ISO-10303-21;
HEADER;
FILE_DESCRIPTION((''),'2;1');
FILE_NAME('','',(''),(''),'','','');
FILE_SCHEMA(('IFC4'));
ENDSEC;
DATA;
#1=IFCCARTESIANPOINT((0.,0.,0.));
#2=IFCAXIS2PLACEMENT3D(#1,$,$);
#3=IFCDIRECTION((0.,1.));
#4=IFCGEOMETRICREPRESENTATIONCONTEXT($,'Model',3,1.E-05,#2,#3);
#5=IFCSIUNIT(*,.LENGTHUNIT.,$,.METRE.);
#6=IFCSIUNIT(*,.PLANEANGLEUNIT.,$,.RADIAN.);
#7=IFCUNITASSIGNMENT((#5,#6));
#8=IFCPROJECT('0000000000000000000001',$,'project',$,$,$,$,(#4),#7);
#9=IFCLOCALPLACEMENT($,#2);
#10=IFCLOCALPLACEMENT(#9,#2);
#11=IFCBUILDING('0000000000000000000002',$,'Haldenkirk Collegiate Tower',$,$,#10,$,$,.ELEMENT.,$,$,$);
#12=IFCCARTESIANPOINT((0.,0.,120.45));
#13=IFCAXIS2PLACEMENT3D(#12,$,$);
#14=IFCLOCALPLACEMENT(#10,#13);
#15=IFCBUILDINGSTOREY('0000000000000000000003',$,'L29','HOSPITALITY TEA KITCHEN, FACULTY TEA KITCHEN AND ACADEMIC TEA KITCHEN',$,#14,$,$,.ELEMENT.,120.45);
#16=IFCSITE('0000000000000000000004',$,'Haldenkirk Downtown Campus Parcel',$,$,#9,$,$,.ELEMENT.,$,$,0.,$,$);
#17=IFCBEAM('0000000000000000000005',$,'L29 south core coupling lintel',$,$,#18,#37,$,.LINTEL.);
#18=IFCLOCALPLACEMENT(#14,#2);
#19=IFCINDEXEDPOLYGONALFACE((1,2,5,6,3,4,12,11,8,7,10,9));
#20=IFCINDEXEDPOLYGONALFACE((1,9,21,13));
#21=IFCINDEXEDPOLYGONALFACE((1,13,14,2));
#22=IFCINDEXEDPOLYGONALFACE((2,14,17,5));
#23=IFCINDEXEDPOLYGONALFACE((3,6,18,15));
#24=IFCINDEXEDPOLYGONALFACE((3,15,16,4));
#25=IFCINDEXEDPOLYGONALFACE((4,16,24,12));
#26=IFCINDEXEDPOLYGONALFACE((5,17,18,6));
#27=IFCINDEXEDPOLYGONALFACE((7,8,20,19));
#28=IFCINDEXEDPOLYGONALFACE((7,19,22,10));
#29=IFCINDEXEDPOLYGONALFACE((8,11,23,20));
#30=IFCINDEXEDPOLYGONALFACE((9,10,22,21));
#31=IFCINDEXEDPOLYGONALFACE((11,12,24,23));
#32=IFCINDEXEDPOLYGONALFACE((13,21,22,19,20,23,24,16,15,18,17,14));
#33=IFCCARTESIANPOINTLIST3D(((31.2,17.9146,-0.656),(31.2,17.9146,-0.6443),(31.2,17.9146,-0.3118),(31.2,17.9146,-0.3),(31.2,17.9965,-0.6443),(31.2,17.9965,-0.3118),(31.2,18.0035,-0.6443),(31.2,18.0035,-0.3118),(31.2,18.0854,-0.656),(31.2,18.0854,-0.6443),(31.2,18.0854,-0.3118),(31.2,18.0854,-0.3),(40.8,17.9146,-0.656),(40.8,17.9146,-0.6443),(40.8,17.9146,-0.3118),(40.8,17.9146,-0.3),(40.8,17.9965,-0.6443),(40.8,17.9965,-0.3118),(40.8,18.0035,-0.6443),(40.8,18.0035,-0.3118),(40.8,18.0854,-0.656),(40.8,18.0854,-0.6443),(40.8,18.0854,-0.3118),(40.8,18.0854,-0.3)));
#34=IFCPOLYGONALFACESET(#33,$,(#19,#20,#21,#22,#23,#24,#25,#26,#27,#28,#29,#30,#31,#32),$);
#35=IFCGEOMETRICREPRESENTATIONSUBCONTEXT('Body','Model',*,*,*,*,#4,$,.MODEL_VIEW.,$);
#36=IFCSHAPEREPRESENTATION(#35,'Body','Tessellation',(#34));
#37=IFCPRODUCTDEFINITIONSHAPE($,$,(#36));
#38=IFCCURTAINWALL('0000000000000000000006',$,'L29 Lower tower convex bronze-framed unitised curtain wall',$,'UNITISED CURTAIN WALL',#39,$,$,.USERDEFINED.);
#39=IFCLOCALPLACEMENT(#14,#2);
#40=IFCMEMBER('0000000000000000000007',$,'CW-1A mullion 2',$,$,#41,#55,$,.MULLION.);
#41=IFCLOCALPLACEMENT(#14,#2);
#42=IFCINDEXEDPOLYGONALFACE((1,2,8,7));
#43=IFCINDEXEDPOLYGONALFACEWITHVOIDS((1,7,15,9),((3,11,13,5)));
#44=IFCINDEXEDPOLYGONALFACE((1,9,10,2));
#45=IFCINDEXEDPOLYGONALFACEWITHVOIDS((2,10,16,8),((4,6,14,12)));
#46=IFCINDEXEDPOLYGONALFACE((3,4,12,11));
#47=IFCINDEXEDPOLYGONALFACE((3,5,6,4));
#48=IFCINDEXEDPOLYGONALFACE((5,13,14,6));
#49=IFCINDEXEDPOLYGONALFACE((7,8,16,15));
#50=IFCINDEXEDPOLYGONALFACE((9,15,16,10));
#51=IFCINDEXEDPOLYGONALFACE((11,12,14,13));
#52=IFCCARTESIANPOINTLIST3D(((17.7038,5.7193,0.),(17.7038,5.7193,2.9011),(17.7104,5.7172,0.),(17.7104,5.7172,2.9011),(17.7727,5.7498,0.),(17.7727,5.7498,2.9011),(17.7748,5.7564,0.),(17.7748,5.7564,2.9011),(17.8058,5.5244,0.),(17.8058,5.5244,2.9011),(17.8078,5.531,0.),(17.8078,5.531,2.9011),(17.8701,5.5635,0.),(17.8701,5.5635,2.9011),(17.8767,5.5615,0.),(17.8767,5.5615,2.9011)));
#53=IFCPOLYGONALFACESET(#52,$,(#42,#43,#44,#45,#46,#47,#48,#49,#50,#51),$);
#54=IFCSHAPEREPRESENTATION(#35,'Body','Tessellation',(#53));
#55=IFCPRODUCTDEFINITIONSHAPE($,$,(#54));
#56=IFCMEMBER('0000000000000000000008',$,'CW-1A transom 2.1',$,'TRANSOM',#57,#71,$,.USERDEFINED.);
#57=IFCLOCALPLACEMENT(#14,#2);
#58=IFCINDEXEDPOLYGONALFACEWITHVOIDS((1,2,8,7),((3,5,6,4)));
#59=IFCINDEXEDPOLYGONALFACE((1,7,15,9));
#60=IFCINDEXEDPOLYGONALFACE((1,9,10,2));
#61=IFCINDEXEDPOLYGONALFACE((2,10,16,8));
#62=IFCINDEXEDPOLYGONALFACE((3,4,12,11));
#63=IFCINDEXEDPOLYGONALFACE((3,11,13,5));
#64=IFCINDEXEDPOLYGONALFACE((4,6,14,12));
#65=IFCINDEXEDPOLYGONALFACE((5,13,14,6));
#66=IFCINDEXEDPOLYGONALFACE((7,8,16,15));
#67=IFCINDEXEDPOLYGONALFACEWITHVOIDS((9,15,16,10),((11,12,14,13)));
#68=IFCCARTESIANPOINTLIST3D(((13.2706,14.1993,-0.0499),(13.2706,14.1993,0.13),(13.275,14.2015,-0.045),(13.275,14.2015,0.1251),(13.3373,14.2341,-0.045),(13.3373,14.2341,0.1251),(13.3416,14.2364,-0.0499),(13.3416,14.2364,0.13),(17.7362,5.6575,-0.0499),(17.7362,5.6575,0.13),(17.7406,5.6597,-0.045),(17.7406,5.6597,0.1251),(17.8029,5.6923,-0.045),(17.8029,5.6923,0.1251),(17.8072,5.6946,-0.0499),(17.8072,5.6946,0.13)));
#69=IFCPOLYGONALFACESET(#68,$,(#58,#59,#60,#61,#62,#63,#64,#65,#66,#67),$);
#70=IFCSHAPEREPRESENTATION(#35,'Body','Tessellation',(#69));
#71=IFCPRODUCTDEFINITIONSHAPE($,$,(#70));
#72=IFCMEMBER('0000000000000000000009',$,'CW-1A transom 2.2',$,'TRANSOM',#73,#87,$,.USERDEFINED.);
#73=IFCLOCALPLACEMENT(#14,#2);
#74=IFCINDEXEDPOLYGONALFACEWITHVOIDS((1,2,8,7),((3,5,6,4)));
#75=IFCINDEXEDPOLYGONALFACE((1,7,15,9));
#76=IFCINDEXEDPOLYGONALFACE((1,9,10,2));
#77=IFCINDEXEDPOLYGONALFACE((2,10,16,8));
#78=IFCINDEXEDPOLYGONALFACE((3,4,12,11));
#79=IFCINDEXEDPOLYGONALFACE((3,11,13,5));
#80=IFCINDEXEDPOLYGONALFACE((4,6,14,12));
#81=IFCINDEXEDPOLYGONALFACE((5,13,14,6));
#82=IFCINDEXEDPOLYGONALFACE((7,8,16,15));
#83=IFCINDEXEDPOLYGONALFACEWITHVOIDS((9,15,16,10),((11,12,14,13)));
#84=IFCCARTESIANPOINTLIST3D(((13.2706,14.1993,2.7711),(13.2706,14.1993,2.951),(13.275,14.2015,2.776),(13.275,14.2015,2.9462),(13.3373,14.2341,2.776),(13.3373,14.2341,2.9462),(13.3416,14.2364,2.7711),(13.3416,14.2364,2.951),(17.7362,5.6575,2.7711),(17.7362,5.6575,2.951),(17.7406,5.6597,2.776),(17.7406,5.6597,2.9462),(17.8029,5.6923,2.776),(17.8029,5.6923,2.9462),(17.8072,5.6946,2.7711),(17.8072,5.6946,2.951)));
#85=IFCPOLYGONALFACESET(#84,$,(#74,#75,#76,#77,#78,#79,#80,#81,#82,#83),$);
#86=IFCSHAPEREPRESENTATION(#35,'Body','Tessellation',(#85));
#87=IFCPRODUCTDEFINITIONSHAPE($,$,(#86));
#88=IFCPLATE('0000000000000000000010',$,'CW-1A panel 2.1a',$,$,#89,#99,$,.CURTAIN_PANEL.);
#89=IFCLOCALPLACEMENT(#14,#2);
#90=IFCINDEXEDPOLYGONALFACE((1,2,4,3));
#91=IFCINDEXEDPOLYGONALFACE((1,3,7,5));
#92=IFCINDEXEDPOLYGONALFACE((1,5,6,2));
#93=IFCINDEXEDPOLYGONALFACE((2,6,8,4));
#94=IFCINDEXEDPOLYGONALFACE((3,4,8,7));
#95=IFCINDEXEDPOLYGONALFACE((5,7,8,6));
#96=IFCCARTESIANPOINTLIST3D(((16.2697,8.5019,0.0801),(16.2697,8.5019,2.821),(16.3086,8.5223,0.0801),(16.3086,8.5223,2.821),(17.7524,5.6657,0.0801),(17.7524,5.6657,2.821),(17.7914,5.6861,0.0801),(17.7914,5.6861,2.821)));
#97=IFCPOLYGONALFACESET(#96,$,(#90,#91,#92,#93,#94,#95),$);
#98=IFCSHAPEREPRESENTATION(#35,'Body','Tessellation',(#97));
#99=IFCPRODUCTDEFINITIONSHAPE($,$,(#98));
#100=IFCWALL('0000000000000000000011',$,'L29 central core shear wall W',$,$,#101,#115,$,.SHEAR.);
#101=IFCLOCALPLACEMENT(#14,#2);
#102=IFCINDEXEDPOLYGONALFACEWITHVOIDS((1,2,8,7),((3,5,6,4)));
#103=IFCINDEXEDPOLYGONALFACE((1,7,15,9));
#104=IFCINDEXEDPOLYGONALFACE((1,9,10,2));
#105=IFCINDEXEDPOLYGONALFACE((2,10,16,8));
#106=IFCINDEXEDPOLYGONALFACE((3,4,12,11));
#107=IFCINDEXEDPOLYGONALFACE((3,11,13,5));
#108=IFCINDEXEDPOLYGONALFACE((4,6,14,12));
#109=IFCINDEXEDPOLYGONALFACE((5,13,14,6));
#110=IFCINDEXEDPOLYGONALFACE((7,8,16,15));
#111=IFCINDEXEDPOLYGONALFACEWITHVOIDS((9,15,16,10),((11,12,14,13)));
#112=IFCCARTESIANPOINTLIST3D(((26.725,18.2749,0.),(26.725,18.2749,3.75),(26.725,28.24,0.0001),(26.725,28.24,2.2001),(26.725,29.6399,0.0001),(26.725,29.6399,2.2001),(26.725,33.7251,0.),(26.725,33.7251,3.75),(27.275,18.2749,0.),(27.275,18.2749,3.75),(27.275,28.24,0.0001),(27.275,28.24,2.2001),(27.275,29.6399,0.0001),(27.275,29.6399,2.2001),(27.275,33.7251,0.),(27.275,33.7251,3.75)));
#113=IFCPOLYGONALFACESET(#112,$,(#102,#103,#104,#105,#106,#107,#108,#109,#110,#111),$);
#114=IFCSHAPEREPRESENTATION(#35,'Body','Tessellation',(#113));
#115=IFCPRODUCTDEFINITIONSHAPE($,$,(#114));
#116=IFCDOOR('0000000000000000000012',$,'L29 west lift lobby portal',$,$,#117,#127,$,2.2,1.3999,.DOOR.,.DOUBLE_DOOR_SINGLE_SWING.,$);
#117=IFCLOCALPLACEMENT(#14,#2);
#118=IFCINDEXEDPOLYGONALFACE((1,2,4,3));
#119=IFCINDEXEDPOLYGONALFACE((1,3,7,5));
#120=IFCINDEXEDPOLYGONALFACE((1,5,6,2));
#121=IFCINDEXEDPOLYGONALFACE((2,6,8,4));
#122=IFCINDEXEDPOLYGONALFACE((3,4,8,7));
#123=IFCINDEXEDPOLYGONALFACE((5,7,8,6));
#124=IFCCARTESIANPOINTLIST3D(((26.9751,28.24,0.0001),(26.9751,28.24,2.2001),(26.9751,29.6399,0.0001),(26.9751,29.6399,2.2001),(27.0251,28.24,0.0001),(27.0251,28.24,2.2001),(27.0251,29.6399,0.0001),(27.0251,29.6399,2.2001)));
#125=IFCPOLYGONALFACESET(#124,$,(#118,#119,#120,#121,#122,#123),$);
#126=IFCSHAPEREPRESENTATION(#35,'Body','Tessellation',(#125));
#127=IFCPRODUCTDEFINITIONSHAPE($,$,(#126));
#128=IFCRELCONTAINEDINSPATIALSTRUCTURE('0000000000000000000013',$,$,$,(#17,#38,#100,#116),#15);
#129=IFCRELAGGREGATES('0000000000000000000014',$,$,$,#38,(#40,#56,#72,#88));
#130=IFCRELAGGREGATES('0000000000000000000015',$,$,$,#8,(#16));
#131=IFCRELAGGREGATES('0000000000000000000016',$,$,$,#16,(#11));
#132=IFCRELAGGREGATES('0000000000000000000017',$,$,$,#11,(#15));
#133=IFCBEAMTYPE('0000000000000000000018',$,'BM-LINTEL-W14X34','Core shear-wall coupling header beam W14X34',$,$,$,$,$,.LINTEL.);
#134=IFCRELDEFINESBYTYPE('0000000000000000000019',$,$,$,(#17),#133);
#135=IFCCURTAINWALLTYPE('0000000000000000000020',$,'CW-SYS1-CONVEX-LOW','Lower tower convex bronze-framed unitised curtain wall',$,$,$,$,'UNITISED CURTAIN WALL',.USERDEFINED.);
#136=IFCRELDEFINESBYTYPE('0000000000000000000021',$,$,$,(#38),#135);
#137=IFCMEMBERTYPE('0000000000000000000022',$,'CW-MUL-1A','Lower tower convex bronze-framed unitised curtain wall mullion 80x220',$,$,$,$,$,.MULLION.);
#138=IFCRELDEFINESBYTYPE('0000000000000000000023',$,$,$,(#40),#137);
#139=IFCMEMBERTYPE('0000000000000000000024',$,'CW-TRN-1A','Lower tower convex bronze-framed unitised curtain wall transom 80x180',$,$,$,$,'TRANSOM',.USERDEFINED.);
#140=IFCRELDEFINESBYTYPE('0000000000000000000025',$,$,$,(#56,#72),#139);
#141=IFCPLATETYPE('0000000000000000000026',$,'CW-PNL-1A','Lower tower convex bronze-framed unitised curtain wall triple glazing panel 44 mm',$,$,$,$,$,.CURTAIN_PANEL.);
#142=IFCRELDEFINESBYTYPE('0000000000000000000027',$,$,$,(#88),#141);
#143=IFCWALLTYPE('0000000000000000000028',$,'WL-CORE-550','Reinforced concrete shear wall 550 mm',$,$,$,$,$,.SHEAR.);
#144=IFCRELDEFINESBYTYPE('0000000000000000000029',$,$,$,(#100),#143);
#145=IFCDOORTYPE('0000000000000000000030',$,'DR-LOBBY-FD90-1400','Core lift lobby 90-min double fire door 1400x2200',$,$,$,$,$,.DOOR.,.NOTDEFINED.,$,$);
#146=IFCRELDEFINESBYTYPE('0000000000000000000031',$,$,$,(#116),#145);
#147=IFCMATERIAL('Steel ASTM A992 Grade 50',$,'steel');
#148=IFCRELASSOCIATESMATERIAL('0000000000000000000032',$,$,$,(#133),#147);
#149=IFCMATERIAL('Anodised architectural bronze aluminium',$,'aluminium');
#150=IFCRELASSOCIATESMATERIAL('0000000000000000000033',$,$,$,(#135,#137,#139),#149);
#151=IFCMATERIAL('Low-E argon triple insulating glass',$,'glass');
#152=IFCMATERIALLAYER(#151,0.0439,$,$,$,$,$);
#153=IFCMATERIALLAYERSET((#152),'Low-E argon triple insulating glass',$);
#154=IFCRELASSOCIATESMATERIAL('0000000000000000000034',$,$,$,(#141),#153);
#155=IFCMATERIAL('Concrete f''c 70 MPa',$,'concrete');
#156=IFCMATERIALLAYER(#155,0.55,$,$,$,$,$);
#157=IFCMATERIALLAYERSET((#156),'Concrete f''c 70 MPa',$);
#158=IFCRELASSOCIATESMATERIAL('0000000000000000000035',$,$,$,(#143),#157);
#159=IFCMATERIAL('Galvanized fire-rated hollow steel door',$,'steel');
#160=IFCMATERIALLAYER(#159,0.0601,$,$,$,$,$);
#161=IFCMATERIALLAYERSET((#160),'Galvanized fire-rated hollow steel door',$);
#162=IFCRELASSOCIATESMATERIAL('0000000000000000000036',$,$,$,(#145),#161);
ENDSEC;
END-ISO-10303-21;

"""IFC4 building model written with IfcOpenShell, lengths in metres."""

from ifc_helpers import new_model, si_unit, direction, frame, frame_2d, origin, origin_2d, place, context, subcontext, project, spatial, rectangle, hollow_rectangle, i_section, extrude, source, transform, mapped, material, layer, layer_set, material_profile, profile_set, type_object, element, fill, aggregate, save


model = new_model("IFC4")

# Units and contexts
model_context = context("Model", 3, precision=1e-05, world=origin(), true_north=direction((0.0, 1.0)))
body_context = subcontext(model_context, "Body", "Model", "MODEL_VIEW")
ifc_project = project(units=[si_unit("LENGTHUNIT", "METRE"), si_unit("PLANEANGLEUNIT", "RADIAN")], contexts=[model_context])

# Site, building, storey
site_placement = place(None, origin())
site = spatial("IfcSite", under=ifc_project, at=site_placement, Name="Haldenkirk Downtown Campus Parcel", CompositionType="ELEMENT", RefElevation=0.0)
building_placement = place(site_placement, origin())
building = spatial("IfcBuilding", under=site, at=building_placement, Name="Haldenkirk Collegiate Tower", CompositionType="ELEMENT")
storey_placement = place(building_placement, frame((0.0, 0.0, 120.45)))
storey = spatial("IfcBuildingStorey", under=building, at=storey_placement, Name="L29", Description="HOSPITALITY TEA KITCHEN, FACULTY TEA KITCHEN AND ACADEMIC TEA KITCHEN", CompositionType="ELEMENT", Elevation=120.45)

# Beam
ifc_material_1 = material(Name="Steel ASTM A992 Grade 50", Category="steel")
ifc_material_profile_1 = material_profile(ifc_material_1, i_section(OverallWidth=0.1709, OverallDepth=0.356, WebThickness=0.0071, FlangeThickness=0.0117, at=origin_2d()), Name="W14X34")
ifc_profile_set_1 = profile_set([ifc_material_profile_1], Name="Steel ASTM A992 Grade 50")
beam_type = type_object("IfcBeamType", Name="BM-LINTEL-W14X34", Description="Core shear-wall coupling header beam W14X34", PredefinedType="LINTEL", material=ifc_profile_set_1)
beam_placement = place(storey_placement, frame((31.2, 18.0, -0.478), z_axis=(1.0, 0.0, 0.0), x_axis=(0.0, 1.0, 0.0)))
element("IfcBeam", 1, at=beam_placement, inside=storey, type_object=beam_type, Name="L29 south core coupling lintel", PredefinedType="LINTEL", context=body_context, shape_type="SweptSolid", body=[
    extrude(i_section(OverallWidth=0.1709, OverallDepth=0.356, WebThickness=0.0071, FlangeThickness=0.0117, at=origin_2d()), origin(), (0.0, 0.0, 1.0), 9.6001),
])

# Curtain wall, members, plate
ifc_material_2 = material(Name="Anodised architectural bronze aluminium", Category="aluminium")
curtain_wall_type = type_object("IfcCurtainWallType", Name="CW-SYS1-CONVEX-LOW", Description="Lower tower convex bronze-framed unitised curtain wall", ElementType="UNITISED CURTAIN WALL", PredefinedType="USERDEFINED", material=ifc_material_2)
curtain_wall_placement = place(storey_placement, origin())
curtain_wall = element("IfcCurtainWall", 2, at=curtain_wall_placement, inside=storey, type_object=curtain_wall_type, Name="L29 Lower tower convex bronze-framed unitised curtain wall", ObjectType="UNITISED CURTAIN WALL", PredefinedType="USERDEFINED")
ifc_material_profile_2 = material_profile(ifc_material_2, hollow_rectangle(XDim=0.0801, YDim=0.22, WallThickness=0.0049, at=origin_2d()), Name="CW-MUL-1A")
ifc_profile_set_2 = profile_set([ifc_material_profile_2], Name="Anodised architectural bronze aluminium")
member_type_1 = type_object("IfcMemberType", Name="CW-MUL-1A", Description="Lower tower convex bronze-framed unitised curtain wall mullion 80x220", PredefinedType="MULLION", material=ifc_profile_set_2)
member_1_placement = place(storey_placement, frame((17.7903, 5.6404, 0.0), z_axis=(0.0, 0.0, 1.0), x_axis=(-0.886205, -0.463294, 0.0)))
member_1 = element("IfcMember", 3, at=member_1_placement, type_object=member_type_1, Name="CW-1A mullion 2", PredefinedType="MULLION", context=body_context, shape_type="SweptSolid", body=[
    extrude(hollow_rectangle(XDim=0.0801, YDim=0.22, WallThickness=0.0049, at=origin_2d()), origin(), (0.0, 0.0, 1.0), 2.9011),
])
ifc_material_profile_3 = material_profile(ifc_material_2, hollow_rectangle(XDim=0.0801, YDim=0.1799, WallThickness=0.0049, at=origin_2d()), Name="CW-TRN-1A")
ifc_profile_set_3 = profile_set([ifc_material_profile_3], Name="Anodised architectural bronze aluminium")
member_type_2 = type_object("IfcMemberType", Name="CW-TRN-1A", Description="Lower tower convex bronze-framed unitised curtain wall transom 80x180", ElementType="TRANSOM", PredefinedType="USERDEFINED", material=ifc_profile_set_3)
member_2_placement = place(storey_placement, frame((17.7717, 5.676, 0.04), z_axis=(-0.463301, 0.886201, 0.0), x_axis=(-0.886201, -0.463301, 0.0)))
member_2 = element("IfcMember", 4, at=member_2_placement, type_object=member_type_2, Name="CW-1A transom 2.1", ObjectType="TRANSOM", PredefinedType="USERDEFINED", context=body_context, shape_type="SweptSolid", body=[
    extrude(hollow_rectangle(XDim=0.0801, YDim=0.1799, WallThickness=0.0049, at=origin_2d()), origin(), (0.0, 0.0, 1.0), 9.6387),
])
member_3_placement = place(storey_placement, frame((17.7717, 5.676, 2.8611), z_axis=(-0.463301, 0.886201, 0.0), x_axis=(-0.886201, -0.463301, 0.0)))
member_3 = element("IfcMember", 5, at=member_3_placement, type_object=member_type_2, Name="CW-1A transom 2.2", ObjectType="TRANSOM", PredefinedType="USERDEFINED", context=body_context, shape_type="SweptSolid", body=[
    extrude(hollow_rectangle(XDim=0.0801, YDim=0.1799, WallThickness=0.0049, at=origin_2d()), origin(), (0.0, 0.0, 1.0), 9.6387),
])
ifc_material_3 = material(Name="Low-E argon triple insulating glass", Category="glass")
ifc_layer_1 = layer(ifc_material_3, 0.0439)
ifc_layer_set_1 = layer_set([ifc_layer_1], Name="Low-E argon triple insulating glass")
plate_type = type_object("IfcPlateType", Name="CW-PNL-1A", Description="Lower tower convex bronze-framed unitised curtain wall triple glazing panel 44 mm", PredefinedType="CURTAIN_PANEL", material=ifc_layer_set_1)
shared_shape = source(origin(), body_context, "Body", "SweptSolid", [
    extrude(rectangle(XDim=3.2004, YDim=0.0439, at=origin_2d()), origin(), (0.0, 0.0, 1.0), 2.741),
])
plate_placement = place(storey_placement, frame((17.0305, 7.094, 0.0801), z_axis=(0.0, 0.0, 1.0), x_axis=(-0.463294, 0.886205, 0.0)))
plate = element("IfcPlate", 6, at=plate_placement, type_object=plate_type, Name="CW-1A panel 2.1a", PredefinedType="CURTAIN_PANEL", context=body_context, shape_type="MappedRepresentation", body=[
    mapped(shared_shape, transform((0.0, 0.0, 0.0), x_axis=(1.0, 0.0, 0.0), y_axis=(0.0, 1.0, 0.0), z_axis=(0.0, 0.0, 1.0), scale=1.0)),
])
aggregate(curtain_wall, [member_1, member_2, member_3, plate])

# Shared definitions
ifc_material_4 = material(Name="Concrete f'c 70 MPa", Category="concrete")
ifc_layer_2 = layer(ifc_material_4, 0.55)
ifc_layer_set_2 = layer_set([ifc_layer_2], Name="Concrete f'c 70 MPa")
wall_type_1 = type_object("IfcWallType", Name="WL-CORE-550", Description="Reinforced concrete shear wall 550 mm", PredefinedType="SHEAR", material=ifc_layer_set_2)
ifc_material_5 = material(Name="Galvanized fire-rated hollow steel door", Category="steel")

# Wall, opening, door
wall_1_placement = place(storey_placement, frame((27.0, 18.2749, 0.0), z_axis=(0.0, 0.0, 1.0), x_axis=(0.0, 1.0, 0.0)))
wall_1 = element("IfcWall", 7, at=wall_1_placement, inside=storey, type_object=wall_type_1, Name="L29 central core shear wall W", PredefinedType="SHEAR", context=body_context, shape_type="SweptSolid", body=[
    extrude(rectangle(XDim=15.4502, YDim=0.55, at=frame_2d((7.7251, 0.0))), origin(), (0.0, 0.0, 1.0), 3.75),
])
opening_1_placement = place(wall_1_placement, frame((9.9651, 0.0, 0.0)))
opening_1 = element("IfcOpeningElement", 8, at=opening_1_placement, cuts=wall_1, PredefinedType="OPENING", context=body_context, shape_type="SweptSolid", body=[
    extrude(rectangle(XDim=1.3999, YDim=2.2, at=frame_2d((0.7, 1.1001))), frame((0.0, 0.2849, 0.0), z_axis=(0.0, -1.0, 0.0), x_axis=(1.0, 0.0, 0.0)), (0.0, 0.0, 1.0), 0.5701),
])
ifc_layer_3 = layer(ifc_material_5, 0.0601)
ifc_layer_set_3 = layer_set([ifc_layer_3], Name="Galvanized fire-rated hollow steel door")
door_type_1 = type_object("IfcDoorType", Name="DR-LOBBY-FD90-1400", Description="Core lift lobby 90-min double fire door 1400x2200", OperationType="NOTDEFINED", PredefinedType="DOOR", material=ifc_layer_set_3)
door_1_placement = place(opening_1_placement, origin())
door_1 = element("IfcDoor", 9, at=door_1_placement, inside=storey, type_object=door_type_1, Name="L29 west lift lobby portal", OperationType="DOUBLE_DOOR_SINGLE_SWING", OverallHeight=2.2, OverallWidth=1.3999, PredefinedType="DOOR", context=body_context, shape_type="SweptSolid", body=[
    extrude(rectangle(XDim=1.3999, YDim=2.2, at=frame_2d((0.7, 1.1001))), frame((0.0, 0.0249, 0.0), z_axis=(0.0, -1.0, 0.0), x_axis=(1.0, 0.0, 0.0)), (0.0, 0.0, 1.0), 0.05),
])
fill(opening_1, door_1)

save(model, "model.ifc")
